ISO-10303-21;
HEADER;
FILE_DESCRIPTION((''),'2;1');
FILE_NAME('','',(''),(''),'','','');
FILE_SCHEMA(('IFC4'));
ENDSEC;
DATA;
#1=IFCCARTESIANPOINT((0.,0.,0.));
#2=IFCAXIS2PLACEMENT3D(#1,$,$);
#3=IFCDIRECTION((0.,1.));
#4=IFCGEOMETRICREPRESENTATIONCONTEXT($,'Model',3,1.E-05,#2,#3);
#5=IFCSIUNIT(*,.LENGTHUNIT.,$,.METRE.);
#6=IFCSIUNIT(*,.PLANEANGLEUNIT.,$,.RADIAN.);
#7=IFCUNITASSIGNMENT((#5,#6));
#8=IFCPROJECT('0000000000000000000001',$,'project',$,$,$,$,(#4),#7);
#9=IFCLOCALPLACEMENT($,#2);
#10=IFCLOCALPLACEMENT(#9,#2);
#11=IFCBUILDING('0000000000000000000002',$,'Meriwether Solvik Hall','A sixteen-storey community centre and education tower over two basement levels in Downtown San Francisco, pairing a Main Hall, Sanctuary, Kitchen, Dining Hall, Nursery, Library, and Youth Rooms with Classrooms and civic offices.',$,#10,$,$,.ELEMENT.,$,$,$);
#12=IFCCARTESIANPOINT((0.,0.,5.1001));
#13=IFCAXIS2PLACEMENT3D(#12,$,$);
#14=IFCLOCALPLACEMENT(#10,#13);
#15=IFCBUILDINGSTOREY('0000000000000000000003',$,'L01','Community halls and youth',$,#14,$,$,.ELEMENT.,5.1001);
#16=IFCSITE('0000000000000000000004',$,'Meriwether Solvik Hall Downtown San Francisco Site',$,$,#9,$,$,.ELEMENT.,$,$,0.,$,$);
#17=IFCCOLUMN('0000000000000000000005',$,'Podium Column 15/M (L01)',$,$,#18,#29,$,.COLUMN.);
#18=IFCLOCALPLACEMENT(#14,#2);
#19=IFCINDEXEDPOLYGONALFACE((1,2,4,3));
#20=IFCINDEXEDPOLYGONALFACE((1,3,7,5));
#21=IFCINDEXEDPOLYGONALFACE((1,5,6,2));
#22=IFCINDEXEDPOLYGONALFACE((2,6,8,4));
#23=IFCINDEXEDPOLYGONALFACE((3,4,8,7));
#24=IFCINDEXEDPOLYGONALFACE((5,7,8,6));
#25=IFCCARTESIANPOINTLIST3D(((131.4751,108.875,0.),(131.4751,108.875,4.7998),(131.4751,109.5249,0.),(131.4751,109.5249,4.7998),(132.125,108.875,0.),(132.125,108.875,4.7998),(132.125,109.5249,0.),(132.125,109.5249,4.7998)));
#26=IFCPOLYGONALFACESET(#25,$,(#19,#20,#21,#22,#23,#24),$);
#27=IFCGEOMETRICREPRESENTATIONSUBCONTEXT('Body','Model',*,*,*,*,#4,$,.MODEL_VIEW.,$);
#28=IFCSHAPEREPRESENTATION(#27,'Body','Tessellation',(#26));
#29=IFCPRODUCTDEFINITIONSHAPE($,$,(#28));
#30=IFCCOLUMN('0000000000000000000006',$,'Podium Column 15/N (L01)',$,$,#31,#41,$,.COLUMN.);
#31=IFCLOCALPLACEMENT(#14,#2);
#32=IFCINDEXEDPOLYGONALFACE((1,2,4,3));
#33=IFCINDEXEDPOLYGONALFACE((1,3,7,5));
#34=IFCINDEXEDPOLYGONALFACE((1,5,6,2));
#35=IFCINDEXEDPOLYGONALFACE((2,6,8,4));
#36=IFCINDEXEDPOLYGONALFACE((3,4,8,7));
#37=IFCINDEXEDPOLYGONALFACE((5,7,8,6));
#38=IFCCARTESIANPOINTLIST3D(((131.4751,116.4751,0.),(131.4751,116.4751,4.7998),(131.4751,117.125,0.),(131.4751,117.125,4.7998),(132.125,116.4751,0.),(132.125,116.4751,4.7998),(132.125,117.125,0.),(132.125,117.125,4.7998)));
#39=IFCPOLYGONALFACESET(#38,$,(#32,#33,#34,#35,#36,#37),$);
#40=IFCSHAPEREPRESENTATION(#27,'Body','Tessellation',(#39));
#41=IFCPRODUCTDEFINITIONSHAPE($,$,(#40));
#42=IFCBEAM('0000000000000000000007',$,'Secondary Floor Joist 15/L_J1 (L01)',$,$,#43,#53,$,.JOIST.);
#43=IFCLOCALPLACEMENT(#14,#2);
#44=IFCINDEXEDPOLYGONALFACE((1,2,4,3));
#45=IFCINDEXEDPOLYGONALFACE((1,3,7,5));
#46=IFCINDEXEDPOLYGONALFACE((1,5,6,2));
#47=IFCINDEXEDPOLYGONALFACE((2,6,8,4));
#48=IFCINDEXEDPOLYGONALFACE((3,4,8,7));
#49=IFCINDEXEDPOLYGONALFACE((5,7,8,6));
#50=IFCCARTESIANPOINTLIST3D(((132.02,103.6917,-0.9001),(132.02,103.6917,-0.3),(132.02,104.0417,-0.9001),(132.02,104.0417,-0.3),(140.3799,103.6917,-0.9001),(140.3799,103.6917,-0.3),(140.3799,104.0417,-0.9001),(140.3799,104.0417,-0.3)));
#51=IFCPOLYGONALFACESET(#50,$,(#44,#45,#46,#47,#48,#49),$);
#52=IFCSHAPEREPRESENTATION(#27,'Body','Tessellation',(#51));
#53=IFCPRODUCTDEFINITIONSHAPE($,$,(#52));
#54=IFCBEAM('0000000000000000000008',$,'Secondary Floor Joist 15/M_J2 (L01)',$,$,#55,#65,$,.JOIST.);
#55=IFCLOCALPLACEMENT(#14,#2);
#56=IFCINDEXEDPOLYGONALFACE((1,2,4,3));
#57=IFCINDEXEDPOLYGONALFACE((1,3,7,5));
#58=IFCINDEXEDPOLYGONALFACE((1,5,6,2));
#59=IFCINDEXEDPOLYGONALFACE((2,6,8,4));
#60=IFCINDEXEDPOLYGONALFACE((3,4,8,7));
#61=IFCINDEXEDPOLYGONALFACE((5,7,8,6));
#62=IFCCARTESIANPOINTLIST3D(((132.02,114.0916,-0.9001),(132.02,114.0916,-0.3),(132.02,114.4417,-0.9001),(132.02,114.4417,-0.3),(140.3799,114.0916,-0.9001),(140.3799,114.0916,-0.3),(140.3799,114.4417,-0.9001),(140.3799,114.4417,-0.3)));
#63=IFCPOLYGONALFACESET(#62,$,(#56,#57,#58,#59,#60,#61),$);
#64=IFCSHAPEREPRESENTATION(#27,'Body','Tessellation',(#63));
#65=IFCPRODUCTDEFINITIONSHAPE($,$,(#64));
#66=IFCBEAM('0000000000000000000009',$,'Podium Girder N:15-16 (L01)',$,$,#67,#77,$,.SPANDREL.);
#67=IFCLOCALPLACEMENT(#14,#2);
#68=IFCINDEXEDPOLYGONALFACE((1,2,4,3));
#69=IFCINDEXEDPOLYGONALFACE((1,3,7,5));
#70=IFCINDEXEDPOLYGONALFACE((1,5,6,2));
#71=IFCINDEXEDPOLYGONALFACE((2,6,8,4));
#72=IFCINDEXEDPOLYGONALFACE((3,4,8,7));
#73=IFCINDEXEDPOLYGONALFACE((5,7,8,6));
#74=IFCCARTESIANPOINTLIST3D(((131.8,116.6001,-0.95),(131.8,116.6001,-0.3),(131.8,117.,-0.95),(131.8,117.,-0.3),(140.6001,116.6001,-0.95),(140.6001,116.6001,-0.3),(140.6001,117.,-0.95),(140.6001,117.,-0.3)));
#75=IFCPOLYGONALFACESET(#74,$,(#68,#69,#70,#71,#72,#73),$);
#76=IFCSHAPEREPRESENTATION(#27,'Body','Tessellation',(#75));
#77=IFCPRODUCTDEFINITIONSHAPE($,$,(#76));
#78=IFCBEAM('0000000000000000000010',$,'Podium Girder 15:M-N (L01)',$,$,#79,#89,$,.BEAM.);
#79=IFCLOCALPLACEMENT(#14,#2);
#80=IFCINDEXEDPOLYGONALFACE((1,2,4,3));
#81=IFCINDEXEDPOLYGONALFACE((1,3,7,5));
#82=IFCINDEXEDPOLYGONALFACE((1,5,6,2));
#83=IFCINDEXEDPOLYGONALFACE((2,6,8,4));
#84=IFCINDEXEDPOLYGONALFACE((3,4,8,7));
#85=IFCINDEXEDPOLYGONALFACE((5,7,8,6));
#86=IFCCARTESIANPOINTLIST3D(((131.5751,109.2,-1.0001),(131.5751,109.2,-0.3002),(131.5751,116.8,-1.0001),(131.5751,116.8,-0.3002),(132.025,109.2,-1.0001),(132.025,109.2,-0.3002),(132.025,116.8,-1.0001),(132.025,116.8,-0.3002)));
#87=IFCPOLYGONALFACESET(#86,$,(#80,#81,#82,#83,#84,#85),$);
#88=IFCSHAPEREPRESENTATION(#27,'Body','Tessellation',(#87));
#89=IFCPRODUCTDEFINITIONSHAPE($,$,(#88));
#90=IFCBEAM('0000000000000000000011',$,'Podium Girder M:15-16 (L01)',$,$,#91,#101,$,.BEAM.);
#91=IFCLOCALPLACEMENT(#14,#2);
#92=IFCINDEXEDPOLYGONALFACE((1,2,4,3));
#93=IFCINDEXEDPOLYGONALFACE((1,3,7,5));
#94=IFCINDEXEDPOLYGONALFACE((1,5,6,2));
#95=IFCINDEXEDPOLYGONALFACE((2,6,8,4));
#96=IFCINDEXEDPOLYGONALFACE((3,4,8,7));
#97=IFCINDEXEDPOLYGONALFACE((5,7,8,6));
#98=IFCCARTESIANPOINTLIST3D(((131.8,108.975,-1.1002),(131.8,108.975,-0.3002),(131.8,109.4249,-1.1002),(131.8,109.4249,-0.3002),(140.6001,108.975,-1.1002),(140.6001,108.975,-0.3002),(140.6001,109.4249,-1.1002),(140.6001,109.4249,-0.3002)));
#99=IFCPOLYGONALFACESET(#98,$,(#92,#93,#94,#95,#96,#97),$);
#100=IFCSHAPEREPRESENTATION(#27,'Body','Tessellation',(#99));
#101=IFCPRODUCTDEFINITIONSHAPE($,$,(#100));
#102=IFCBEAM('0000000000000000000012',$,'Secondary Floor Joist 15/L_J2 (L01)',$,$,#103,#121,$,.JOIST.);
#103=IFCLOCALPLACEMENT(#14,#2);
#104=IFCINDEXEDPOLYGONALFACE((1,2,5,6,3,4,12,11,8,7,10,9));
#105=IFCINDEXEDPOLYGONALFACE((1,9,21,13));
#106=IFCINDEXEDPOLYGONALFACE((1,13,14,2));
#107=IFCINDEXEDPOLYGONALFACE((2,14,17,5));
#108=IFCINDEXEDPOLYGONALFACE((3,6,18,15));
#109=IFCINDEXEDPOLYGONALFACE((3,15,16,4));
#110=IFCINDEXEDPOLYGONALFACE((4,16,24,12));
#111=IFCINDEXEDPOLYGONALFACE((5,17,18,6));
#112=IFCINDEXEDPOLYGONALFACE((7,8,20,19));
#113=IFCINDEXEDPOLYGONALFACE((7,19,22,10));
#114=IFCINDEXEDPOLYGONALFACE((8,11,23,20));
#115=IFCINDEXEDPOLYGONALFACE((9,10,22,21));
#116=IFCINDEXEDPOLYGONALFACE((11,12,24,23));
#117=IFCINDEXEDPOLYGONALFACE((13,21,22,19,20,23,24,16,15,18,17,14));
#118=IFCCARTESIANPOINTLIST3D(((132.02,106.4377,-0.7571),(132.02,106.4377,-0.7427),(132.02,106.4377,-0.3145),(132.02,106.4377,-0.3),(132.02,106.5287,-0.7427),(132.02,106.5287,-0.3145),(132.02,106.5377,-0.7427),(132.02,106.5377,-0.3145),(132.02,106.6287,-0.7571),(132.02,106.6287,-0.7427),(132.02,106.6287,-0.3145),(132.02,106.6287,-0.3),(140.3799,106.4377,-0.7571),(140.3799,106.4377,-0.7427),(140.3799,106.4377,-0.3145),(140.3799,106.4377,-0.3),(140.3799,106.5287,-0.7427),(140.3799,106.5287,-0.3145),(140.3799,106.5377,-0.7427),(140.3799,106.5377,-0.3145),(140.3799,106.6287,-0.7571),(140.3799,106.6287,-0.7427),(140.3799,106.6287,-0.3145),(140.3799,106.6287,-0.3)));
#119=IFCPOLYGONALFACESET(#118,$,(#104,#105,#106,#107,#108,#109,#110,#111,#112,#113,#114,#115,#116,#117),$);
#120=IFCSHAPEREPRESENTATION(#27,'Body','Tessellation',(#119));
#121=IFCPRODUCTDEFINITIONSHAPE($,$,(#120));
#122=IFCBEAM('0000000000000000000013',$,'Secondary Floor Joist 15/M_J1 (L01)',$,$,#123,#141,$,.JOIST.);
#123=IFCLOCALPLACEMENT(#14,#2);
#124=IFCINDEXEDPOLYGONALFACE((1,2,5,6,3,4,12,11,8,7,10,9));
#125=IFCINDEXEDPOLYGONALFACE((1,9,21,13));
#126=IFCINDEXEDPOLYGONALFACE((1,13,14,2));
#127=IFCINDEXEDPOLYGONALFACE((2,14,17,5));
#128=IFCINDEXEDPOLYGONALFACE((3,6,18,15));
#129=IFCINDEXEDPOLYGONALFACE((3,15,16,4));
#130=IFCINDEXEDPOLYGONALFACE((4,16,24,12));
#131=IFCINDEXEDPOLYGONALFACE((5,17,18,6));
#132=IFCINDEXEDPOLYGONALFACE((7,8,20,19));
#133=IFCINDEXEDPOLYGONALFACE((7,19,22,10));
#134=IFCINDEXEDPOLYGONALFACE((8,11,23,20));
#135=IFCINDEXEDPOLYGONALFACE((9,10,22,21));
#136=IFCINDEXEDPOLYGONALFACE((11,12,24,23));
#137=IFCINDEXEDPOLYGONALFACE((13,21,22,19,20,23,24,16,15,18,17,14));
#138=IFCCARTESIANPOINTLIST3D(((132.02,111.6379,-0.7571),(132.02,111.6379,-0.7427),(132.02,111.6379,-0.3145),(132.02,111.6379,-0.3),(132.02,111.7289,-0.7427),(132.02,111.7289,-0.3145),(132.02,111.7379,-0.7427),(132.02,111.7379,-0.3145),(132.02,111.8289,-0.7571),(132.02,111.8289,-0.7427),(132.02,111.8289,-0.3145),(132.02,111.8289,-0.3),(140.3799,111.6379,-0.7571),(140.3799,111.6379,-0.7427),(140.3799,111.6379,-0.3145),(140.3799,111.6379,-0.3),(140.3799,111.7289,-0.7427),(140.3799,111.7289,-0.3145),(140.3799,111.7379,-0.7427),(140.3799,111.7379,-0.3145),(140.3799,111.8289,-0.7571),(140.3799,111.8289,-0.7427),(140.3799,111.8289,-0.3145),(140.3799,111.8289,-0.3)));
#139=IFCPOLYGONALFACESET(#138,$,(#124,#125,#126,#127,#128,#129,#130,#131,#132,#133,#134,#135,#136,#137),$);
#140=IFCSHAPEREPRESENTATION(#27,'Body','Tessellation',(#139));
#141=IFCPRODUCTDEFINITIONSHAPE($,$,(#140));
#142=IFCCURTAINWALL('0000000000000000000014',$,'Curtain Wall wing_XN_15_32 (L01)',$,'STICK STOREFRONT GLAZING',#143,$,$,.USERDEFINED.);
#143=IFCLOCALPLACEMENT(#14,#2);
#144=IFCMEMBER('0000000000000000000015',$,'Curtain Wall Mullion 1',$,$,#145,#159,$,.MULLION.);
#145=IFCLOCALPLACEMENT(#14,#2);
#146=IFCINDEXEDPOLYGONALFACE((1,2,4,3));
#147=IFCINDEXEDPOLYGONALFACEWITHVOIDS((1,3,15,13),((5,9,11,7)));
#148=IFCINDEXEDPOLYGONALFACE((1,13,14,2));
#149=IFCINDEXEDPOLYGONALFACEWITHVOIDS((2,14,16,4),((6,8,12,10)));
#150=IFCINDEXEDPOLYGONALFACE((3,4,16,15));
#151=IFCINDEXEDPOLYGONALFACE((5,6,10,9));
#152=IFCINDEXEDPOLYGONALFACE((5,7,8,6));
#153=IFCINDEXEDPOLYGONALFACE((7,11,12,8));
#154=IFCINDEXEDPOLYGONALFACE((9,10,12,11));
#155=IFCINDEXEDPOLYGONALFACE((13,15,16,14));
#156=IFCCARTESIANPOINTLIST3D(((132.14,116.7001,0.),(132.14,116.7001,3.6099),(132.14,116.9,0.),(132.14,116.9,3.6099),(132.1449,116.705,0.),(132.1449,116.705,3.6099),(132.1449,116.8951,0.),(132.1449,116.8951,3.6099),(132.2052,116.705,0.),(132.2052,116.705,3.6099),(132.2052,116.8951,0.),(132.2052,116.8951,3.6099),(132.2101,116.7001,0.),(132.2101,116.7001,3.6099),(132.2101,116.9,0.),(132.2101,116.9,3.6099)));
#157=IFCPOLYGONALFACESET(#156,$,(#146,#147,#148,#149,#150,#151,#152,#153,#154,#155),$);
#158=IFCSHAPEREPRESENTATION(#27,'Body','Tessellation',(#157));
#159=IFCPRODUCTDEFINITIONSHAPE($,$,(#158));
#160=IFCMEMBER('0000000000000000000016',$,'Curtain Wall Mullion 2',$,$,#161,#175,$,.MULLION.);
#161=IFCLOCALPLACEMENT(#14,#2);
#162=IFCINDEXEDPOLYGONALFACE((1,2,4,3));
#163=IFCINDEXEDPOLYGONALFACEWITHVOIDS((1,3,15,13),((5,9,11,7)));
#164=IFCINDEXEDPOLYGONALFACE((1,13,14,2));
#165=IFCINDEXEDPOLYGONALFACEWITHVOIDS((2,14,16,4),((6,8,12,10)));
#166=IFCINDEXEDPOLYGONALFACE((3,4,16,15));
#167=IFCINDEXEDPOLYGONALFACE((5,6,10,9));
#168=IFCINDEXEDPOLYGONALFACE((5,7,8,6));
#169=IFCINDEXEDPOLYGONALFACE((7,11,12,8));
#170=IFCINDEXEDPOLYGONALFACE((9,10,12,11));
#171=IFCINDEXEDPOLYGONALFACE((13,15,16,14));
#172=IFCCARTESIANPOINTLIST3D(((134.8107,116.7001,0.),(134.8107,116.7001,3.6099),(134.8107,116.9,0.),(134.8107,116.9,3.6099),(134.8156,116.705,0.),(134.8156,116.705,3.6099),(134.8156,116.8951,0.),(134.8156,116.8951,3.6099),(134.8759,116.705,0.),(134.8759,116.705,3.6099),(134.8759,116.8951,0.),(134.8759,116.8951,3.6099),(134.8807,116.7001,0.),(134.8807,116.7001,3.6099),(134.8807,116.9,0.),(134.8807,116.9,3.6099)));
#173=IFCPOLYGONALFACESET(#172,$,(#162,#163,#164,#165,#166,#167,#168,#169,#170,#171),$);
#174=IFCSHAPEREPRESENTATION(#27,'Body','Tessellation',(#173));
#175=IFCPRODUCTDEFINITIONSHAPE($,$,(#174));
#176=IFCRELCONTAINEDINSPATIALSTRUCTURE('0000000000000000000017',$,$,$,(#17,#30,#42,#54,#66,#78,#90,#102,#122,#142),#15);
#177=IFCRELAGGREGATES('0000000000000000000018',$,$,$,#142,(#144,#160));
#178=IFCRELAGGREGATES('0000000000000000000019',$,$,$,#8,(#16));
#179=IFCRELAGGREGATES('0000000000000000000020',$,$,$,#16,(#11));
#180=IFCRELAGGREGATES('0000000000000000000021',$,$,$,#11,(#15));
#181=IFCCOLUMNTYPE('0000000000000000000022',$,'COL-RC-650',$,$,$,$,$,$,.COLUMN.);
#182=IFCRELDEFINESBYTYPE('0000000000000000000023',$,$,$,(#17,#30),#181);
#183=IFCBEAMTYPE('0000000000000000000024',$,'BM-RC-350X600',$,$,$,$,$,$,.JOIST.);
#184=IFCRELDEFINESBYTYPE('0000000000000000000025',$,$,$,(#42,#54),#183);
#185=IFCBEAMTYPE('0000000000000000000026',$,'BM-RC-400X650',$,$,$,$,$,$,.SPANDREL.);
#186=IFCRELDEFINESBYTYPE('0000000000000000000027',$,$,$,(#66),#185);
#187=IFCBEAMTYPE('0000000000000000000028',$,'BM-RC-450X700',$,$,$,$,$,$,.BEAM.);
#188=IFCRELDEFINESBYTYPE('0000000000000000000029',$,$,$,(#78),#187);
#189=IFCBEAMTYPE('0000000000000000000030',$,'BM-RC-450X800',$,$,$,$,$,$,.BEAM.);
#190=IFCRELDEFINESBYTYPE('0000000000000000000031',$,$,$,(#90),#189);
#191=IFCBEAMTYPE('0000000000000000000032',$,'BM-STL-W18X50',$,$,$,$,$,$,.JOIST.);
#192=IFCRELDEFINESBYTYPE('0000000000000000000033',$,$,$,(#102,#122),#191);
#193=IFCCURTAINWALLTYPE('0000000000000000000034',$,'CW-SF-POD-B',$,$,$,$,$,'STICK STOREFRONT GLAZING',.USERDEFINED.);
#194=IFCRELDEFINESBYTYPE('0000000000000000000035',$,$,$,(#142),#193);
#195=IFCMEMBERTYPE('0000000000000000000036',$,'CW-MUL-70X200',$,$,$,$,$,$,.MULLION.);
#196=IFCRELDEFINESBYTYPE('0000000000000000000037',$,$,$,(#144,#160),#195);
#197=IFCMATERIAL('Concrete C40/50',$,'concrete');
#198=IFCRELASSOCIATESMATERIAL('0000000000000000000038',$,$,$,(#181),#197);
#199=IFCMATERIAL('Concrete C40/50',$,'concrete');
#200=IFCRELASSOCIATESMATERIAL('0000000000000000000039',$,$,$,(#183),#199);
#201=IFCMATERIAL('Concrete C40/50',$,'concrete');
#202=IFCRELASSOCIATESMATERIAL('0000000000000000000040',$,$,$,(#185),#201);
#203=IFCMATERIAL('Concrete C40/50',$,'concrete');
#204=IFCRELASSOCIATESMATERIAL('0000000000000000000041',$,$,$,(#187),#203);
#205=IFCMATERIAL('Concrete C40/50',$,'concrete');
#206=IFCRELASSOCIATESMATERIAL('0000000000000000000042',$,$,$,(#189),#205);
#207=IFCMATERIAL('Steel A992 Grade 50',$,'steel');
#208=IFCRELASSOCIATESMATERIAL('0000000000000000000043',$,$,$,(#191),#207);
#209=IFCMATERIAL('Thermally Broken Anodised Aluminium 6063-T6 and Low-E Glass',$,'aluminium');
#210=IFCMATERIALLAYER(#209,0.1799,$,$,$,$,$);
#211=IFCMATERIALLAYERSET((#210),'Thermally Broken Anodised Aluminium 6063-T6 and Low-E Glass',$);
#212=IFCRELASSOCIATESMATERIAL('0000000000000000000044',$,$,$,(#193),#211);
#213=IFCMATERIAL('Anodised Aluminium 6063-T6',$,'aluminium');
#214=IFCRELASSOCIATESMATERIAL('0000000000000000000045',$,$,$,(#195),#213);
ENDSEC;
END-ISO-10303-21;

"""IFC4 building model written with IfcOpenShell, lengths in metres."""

from ifc_helpers import new_model, si_unit, direction, frame, origin, origin_2d, place, context, subcontext, project, spatial, rectangle, hollow_rectangle, i_section, extrude, material, layer, layer_set, material_profile, profile_set, type_object, element, aggregate, save


model = new_model("IFC4")

# Units and contexts
model_context = context("Model", 3, precision=1e-05, world=origin(), true_north=direction((0.0, 1.0)))
body_context = subcontext(model_context, "Body", "Model", "MODEL_VIEW")
ifc_project = project(units=[si_unit("LENGTHUNIT", "METRE"), si_unit("PLANEANGLEUNIT", "RADIAN")], contexts=[model_context])

# Site, building, storey
site_placement = place(None, origin())
site = spatial("IfcSite", under=ifc_project, at=site_placement, Name="Meriwether Solvik Hall Downtown San Francisco Site", CompositionType="ELEMENT", RefElevation=0.0)
building_placement = place(site_placement, origin())
building = spatial("IfcBuilding", under=site, at=building_placement, Name="Meriwether Solvik Hall", Description="A sixteen-storey community centre and education tower over two basement levels in Downtown San Francisco, pairing a Main Hall, Sanctuary, Kitchen, Dining Hall, Nursery, Library, and Youth Rooms with Classrooms and civic offices.", CompositionType="ELEMENT")
storey_placement = place(building_placement, frame((0.0, 0.0, 5.1001)))
storey = spatial("IfcBuildingStorey", under=building, at=storey_placement, Name="L01", Description="Community halls and youth", CompositionType="ELEMENT", Elevation=5.1001)

# Columns
ifc_material_1 = material(Name="Concrete C40/50", Category="concrete")
ifc_material_profile_1 = material_profile(ifc_material_1, rectangle(XDim=0.6499, YDim=0.6499, at=origin_2d()), Name="RCC-650X650")
ifc_profile_set_1 = profile_set([ifc_material_profile_1], Name="Concrete C40/50")
column_type = type_object("IfcColumnType", Name="COL-RC-650", PredefinedType="COLUMN", material=ifc_profile_set_1)
for number, where, z_axis, x_axis, name in (
    (1, (131.8, 109.2, 0.0), (0.0, 0.0, 1.0), (1.0, 0.0, 0.0), "Podium Column 15/M (L01)"),
    (2, (131.8, 116.8, 0.0), (0.0, 0.0, 1.0), (1.0, 0.0, 0.0), "Podium Column 15/N (L01)"),
):
    element("IfcColumn", number, at=place(storey_placement, frame(where, z_axis=z_axis, x_axis=x_axis)), inside=storey, type_object=column_type, Name=name, PredefinedType="COLUMN", context=body_context, shape_type="SweptSolid", body=[
        extrude(rectangle(XDim=0.6499, YDim=0.6499, at=origin_2d()), origin(), (0.0, 0.0, 1.0), 4.7998),
    ])

# Beams
ifc_material_2 = material(Name="Concrete C40/50", Category="concrete")
ifc_material_profile_2 = material_profile(ifc_material_2, rectangle(XDim=0.3501, YDim=0.6001, at=origin_2d()), Name="RCB-350X600")
ifc_profile_set_2 = profile_set([ifc_material_profile_2], Name="Concrete C40/50")
beam_type_1 = type_object("IfcBeamType", Name="BM-RC-350X600", PredefinedType="JOIST", material=ifc_profile_set_2)
for number, where, z_axis, x_axis, name in (
    (3, (132.02, 103.8667, -0.6001), (1.0, 0.0, 0.0), (0.0, 1.0, 0.0), "Secondary Floor Joist 15/L_J1 (L01)"),
    (4, (132.02, 114.2666, -0.6001), (1.0, 0.0, 0.0), (0.0, 1.0, 0.0), "Secondary Floor Joist 15/M_J2 (L01)"),
):
    element("IfcBeam", number, at=place(storey_placement, frame(where, z_axis=z_axis, x_axis=x_axis)), inside=storey, type_object=beam_type_1, Name=name, PredefinedType="JOIST", context=body_context, shape_type="SweptSolid", body=[
        extrude(rectangle(XDim=0.3501, YDim=0.6001, at=origin_2d()), origin(), (0.0, 0.0, 1.0), 8.3599),
    ])
ifc_material_3 = material(Name="Concrete C40/50", Category="concrete")
ifc_material_profile_3 = material_profile(ifc_material_3, rectangle(XDim=0.3999, YDim=0.6499, at=origin_2d()), Name="RCB-400X650")
ifc_profile_set_3 = profile_set([ifc_material_profile_3], Name="Concrete C40/50")
beam_type_2 = type_object("IfcBeamType", Name="BM-RC-400X650", PredefinedType="SPANDREL", material=ifc_profile_set_3)
beam_1_placement = place(storey_placement, frame((131.8, 116.8, -0.625), z_axis=(1.0, 0.0, 0.0), x_axis=(0.0, 1.0, 0.0)))
element("IfcBeam", 5, at=beam_1_placement, inside=storey, type_object=beam_type_2, Name="Podium Girder N:15-16 (L01)", PredefinedType="SPANDREL", context=body_context, shape_type="SweptSolid", body=[
    extrude(rectangle(XDim=0.3999, YDim=0.6499, at=origin_2d()), origin(), (0.0, 0.0, 1.0), 8.8),
])
ifc_material_4 = material(Name="Concrete C40/50", Category="concrete")
ifc_material_profile_4 = material_profile(ifc_material_4, rectangle(XDim=0.45, YDim=0.7, at=origin_2d()), Name="RCB-450X700")
ifc_profile_set_4 = profile_set([ifc_material_profile_4], Name="Concrete C40/50")
beam_type_3 = type_object("IfcBeamType", Name="BM-RC-450X700", PredefinedType="BEAM", material=ifc_profile_set_4)
beam_2_placement = place(storey_placement, frame((131.8, 109.2, -0.6501), z_axis=(0.0, 1.0, 0.0), x_axis=(-1.0, 0.0, 0.0)))
element("IfcBeam", 6, at=beam_2_placement, inside=storey, type_object=beam_type_3, Name="Podium Girder 15:M-N (L01)", PredefinedType="BEAM", context=body_context, shape_type="SweptSolid", body=[
    extrude(rectangle(XDim=0.45, YDim=0.7, at=origin_2d()), origin(), (0.0, 0.0, 1.0), 7.6001),
])
ifc_material_5 = material(Name="Concrete C40/50", Category="concrete")
ifc_material_profile_5 = material_profile(ifc_material_5, rectangle(XDim=0.45, YDim=0.8, at=origin_2d()), Name="RCB-450X800")
ifc_profile_set_5 = profile_set([ifc_material_profile_5], Name="Concrete C40/50")
beam_type_4 = type_object("IfcBeamType", Name="BM-RC-450X800", PredefinedType="BEAM", material=ifc_profile_set_5)
beam_3_placement = place(storey_placement, frame((131.8, 109.2, -0.7002), z_axis=(1.0, 0.0, 0.0), x_axis=(0.0, 1.0, 0.0)))
element("IfcBeam", 7, at=beam_3_placement, inside=storey, type_object=beam_type_4, Name="Podium Girder M:15-16 (L01)", PredefinedType="BEAM", context=body_context, shape_type="SweptSolid", body=[
    extrude(rectangle(XDim=0.45, YDim=0.8, at=origin_2d()), origin(), (0.0, 0.0, 1.0), 8.8),
])
ifc_material_6 = material(Name="Steel A992 Grade 50", Category="steel")
ifc_material_profile_6 = material_profile(ifc_material_6, i_section(OverallWidth=0.1909, OverallDepth=0.457, WebThickness=0.009, FlangeThickness=0.0144, at=origin_2d()), Name="W18X50")
ifc_profile_set_6 = profile_set([ifc_material_profile_6], Name="Steel A992 Grade 50")
beam_type_5 = type_object("IfcBeamType", Name="BM-STL-W18X50", PredefinedType="JOIST", material=ifc_profile_set_6)
for number, where, z_axis, x_axis, name in (
    (8, (132.02, 106.5332, -0.5286), (1.0, 0.0, 0.0), (0.0, 1.0, 0.0), "Secondary Floor Joist 15/L_J2 (L01)"),
    (9, (132.02, 111.7334, -0.5286), (1.0, 0.0, 0.0), (0.0, 1.0, 0.0), "Secondary Floor Joist 15/M_J1 (L01)"),
):
    element("IfcBeam", number, at=place(storey_placement, frame(where, z_axis=z_axis, x_axis=x_axis)), inside=storey, type_object=beam_type_5, Name=name, PredefinedType="JOIST", context=body_context, shape_type="SweptSolid", body=[
        extrude(i_section(OverallWidth=0.1909, OverallDepth=0.457, WebThickness=0.009, FlangeThickness=0.0144, at=origin_2d()), origin(), (0.0, 0.0, 1.0), 8.3599),
    ])

# Curtain wall, members
ifc_material_7 = material(Name="Thermally Broken Anodised Aluminium 6063-T6 and Low-E Glass", Category="aluminium")
ifc_layer_1 = layer(ifc_material_7, 0.1799)
ifc_layer_set_1 = layer_set([ifc_layer_1], Name="Thermally Broken Anodised Aluminium 6063-T6 and Low-E Glass")
curtain_wall_type = type_object("IfcCurtainWallType", Name="CW-SF-POD-B", ElementType="STICK STOREFRONT GLAZING", PredefinedType="USERDEFINED", material=ifc_layer_set_1)
curtain_wall_placement = place(storey_placement, origin())
curtain_wall = element("IfcCurtainWall", 10, at=curtain_wall_placement, inside=storey, type_object=curtain_wall_type, Name="Curtain Wall wing_XN_15_32 (L01)", ObjectType="STICK STOREFRONT GLAZING", PredefinedType="USERDEFINED")
ifc_material_8 = material(Name="Anodised Aluminium 6063-T6", Category="aluminium")
ifc_material_profile_7 = material_profile(ifc_material_8, hollow_rectangle(XDim=0.0701, YDim=0.2, WallThickness=0.0049, at=origin_2d()), Name="CWM-70X200")
ifc_profile_set_7 = profile_set([ifc_material_profile_7], Name="Anodised Aluminium 6063-T6")
member_type_1 = type_object("IfcMemberType", Name="CW-MUL-70X200", PredefinedType="MULLION", material=ifc_profile_set_7)
member_1_placement = place(storey_placement, frame((132.175, 116.8, 0.0), z_axis=(0.0, 0.0, 1.0), x_axis=(1.0, 0.0, 0.0)))
member_1 = element("IfcMember", 11, at=member_1_placement, type_object=member_type_1, Name="Curtain Wall Mullion 1", PredefinedType="MULLION", context=body_context, shape_type="SweptSolid", body=[
    extrude(hollow_rectangle(XDim=0.0701, YDim=0.2, WallThickness=0.0049, at=origin_2d()), origin(), (0.0, 0.0, 1.0), 3.6099),
])
member_2_placement = place(storey_placement, frame((134.8457, 116.8, 0.0), z_axis=(0.0, 0.0, 1.0), x_axis=(1.0, 0.0, 0.0)))
member_2 = element("IfcMember", 12, at=member_2_placement, type_object=member_type_1, Name="Curtain Wall Mullion 2", PredefinedType="MULLION", context=body_context, shape_type="SweptSolid", body=[
    extrude(hollow_rectangle(XDim=0.0701, YDim=0.2, WallThickness=0.0049, at=origin_2d()), origin(), (0.0, 0.0, 1.0), 3.6099),
])
aggregate(curtain_wall, [member_1, member_2])

save(model, "model.ifc")
